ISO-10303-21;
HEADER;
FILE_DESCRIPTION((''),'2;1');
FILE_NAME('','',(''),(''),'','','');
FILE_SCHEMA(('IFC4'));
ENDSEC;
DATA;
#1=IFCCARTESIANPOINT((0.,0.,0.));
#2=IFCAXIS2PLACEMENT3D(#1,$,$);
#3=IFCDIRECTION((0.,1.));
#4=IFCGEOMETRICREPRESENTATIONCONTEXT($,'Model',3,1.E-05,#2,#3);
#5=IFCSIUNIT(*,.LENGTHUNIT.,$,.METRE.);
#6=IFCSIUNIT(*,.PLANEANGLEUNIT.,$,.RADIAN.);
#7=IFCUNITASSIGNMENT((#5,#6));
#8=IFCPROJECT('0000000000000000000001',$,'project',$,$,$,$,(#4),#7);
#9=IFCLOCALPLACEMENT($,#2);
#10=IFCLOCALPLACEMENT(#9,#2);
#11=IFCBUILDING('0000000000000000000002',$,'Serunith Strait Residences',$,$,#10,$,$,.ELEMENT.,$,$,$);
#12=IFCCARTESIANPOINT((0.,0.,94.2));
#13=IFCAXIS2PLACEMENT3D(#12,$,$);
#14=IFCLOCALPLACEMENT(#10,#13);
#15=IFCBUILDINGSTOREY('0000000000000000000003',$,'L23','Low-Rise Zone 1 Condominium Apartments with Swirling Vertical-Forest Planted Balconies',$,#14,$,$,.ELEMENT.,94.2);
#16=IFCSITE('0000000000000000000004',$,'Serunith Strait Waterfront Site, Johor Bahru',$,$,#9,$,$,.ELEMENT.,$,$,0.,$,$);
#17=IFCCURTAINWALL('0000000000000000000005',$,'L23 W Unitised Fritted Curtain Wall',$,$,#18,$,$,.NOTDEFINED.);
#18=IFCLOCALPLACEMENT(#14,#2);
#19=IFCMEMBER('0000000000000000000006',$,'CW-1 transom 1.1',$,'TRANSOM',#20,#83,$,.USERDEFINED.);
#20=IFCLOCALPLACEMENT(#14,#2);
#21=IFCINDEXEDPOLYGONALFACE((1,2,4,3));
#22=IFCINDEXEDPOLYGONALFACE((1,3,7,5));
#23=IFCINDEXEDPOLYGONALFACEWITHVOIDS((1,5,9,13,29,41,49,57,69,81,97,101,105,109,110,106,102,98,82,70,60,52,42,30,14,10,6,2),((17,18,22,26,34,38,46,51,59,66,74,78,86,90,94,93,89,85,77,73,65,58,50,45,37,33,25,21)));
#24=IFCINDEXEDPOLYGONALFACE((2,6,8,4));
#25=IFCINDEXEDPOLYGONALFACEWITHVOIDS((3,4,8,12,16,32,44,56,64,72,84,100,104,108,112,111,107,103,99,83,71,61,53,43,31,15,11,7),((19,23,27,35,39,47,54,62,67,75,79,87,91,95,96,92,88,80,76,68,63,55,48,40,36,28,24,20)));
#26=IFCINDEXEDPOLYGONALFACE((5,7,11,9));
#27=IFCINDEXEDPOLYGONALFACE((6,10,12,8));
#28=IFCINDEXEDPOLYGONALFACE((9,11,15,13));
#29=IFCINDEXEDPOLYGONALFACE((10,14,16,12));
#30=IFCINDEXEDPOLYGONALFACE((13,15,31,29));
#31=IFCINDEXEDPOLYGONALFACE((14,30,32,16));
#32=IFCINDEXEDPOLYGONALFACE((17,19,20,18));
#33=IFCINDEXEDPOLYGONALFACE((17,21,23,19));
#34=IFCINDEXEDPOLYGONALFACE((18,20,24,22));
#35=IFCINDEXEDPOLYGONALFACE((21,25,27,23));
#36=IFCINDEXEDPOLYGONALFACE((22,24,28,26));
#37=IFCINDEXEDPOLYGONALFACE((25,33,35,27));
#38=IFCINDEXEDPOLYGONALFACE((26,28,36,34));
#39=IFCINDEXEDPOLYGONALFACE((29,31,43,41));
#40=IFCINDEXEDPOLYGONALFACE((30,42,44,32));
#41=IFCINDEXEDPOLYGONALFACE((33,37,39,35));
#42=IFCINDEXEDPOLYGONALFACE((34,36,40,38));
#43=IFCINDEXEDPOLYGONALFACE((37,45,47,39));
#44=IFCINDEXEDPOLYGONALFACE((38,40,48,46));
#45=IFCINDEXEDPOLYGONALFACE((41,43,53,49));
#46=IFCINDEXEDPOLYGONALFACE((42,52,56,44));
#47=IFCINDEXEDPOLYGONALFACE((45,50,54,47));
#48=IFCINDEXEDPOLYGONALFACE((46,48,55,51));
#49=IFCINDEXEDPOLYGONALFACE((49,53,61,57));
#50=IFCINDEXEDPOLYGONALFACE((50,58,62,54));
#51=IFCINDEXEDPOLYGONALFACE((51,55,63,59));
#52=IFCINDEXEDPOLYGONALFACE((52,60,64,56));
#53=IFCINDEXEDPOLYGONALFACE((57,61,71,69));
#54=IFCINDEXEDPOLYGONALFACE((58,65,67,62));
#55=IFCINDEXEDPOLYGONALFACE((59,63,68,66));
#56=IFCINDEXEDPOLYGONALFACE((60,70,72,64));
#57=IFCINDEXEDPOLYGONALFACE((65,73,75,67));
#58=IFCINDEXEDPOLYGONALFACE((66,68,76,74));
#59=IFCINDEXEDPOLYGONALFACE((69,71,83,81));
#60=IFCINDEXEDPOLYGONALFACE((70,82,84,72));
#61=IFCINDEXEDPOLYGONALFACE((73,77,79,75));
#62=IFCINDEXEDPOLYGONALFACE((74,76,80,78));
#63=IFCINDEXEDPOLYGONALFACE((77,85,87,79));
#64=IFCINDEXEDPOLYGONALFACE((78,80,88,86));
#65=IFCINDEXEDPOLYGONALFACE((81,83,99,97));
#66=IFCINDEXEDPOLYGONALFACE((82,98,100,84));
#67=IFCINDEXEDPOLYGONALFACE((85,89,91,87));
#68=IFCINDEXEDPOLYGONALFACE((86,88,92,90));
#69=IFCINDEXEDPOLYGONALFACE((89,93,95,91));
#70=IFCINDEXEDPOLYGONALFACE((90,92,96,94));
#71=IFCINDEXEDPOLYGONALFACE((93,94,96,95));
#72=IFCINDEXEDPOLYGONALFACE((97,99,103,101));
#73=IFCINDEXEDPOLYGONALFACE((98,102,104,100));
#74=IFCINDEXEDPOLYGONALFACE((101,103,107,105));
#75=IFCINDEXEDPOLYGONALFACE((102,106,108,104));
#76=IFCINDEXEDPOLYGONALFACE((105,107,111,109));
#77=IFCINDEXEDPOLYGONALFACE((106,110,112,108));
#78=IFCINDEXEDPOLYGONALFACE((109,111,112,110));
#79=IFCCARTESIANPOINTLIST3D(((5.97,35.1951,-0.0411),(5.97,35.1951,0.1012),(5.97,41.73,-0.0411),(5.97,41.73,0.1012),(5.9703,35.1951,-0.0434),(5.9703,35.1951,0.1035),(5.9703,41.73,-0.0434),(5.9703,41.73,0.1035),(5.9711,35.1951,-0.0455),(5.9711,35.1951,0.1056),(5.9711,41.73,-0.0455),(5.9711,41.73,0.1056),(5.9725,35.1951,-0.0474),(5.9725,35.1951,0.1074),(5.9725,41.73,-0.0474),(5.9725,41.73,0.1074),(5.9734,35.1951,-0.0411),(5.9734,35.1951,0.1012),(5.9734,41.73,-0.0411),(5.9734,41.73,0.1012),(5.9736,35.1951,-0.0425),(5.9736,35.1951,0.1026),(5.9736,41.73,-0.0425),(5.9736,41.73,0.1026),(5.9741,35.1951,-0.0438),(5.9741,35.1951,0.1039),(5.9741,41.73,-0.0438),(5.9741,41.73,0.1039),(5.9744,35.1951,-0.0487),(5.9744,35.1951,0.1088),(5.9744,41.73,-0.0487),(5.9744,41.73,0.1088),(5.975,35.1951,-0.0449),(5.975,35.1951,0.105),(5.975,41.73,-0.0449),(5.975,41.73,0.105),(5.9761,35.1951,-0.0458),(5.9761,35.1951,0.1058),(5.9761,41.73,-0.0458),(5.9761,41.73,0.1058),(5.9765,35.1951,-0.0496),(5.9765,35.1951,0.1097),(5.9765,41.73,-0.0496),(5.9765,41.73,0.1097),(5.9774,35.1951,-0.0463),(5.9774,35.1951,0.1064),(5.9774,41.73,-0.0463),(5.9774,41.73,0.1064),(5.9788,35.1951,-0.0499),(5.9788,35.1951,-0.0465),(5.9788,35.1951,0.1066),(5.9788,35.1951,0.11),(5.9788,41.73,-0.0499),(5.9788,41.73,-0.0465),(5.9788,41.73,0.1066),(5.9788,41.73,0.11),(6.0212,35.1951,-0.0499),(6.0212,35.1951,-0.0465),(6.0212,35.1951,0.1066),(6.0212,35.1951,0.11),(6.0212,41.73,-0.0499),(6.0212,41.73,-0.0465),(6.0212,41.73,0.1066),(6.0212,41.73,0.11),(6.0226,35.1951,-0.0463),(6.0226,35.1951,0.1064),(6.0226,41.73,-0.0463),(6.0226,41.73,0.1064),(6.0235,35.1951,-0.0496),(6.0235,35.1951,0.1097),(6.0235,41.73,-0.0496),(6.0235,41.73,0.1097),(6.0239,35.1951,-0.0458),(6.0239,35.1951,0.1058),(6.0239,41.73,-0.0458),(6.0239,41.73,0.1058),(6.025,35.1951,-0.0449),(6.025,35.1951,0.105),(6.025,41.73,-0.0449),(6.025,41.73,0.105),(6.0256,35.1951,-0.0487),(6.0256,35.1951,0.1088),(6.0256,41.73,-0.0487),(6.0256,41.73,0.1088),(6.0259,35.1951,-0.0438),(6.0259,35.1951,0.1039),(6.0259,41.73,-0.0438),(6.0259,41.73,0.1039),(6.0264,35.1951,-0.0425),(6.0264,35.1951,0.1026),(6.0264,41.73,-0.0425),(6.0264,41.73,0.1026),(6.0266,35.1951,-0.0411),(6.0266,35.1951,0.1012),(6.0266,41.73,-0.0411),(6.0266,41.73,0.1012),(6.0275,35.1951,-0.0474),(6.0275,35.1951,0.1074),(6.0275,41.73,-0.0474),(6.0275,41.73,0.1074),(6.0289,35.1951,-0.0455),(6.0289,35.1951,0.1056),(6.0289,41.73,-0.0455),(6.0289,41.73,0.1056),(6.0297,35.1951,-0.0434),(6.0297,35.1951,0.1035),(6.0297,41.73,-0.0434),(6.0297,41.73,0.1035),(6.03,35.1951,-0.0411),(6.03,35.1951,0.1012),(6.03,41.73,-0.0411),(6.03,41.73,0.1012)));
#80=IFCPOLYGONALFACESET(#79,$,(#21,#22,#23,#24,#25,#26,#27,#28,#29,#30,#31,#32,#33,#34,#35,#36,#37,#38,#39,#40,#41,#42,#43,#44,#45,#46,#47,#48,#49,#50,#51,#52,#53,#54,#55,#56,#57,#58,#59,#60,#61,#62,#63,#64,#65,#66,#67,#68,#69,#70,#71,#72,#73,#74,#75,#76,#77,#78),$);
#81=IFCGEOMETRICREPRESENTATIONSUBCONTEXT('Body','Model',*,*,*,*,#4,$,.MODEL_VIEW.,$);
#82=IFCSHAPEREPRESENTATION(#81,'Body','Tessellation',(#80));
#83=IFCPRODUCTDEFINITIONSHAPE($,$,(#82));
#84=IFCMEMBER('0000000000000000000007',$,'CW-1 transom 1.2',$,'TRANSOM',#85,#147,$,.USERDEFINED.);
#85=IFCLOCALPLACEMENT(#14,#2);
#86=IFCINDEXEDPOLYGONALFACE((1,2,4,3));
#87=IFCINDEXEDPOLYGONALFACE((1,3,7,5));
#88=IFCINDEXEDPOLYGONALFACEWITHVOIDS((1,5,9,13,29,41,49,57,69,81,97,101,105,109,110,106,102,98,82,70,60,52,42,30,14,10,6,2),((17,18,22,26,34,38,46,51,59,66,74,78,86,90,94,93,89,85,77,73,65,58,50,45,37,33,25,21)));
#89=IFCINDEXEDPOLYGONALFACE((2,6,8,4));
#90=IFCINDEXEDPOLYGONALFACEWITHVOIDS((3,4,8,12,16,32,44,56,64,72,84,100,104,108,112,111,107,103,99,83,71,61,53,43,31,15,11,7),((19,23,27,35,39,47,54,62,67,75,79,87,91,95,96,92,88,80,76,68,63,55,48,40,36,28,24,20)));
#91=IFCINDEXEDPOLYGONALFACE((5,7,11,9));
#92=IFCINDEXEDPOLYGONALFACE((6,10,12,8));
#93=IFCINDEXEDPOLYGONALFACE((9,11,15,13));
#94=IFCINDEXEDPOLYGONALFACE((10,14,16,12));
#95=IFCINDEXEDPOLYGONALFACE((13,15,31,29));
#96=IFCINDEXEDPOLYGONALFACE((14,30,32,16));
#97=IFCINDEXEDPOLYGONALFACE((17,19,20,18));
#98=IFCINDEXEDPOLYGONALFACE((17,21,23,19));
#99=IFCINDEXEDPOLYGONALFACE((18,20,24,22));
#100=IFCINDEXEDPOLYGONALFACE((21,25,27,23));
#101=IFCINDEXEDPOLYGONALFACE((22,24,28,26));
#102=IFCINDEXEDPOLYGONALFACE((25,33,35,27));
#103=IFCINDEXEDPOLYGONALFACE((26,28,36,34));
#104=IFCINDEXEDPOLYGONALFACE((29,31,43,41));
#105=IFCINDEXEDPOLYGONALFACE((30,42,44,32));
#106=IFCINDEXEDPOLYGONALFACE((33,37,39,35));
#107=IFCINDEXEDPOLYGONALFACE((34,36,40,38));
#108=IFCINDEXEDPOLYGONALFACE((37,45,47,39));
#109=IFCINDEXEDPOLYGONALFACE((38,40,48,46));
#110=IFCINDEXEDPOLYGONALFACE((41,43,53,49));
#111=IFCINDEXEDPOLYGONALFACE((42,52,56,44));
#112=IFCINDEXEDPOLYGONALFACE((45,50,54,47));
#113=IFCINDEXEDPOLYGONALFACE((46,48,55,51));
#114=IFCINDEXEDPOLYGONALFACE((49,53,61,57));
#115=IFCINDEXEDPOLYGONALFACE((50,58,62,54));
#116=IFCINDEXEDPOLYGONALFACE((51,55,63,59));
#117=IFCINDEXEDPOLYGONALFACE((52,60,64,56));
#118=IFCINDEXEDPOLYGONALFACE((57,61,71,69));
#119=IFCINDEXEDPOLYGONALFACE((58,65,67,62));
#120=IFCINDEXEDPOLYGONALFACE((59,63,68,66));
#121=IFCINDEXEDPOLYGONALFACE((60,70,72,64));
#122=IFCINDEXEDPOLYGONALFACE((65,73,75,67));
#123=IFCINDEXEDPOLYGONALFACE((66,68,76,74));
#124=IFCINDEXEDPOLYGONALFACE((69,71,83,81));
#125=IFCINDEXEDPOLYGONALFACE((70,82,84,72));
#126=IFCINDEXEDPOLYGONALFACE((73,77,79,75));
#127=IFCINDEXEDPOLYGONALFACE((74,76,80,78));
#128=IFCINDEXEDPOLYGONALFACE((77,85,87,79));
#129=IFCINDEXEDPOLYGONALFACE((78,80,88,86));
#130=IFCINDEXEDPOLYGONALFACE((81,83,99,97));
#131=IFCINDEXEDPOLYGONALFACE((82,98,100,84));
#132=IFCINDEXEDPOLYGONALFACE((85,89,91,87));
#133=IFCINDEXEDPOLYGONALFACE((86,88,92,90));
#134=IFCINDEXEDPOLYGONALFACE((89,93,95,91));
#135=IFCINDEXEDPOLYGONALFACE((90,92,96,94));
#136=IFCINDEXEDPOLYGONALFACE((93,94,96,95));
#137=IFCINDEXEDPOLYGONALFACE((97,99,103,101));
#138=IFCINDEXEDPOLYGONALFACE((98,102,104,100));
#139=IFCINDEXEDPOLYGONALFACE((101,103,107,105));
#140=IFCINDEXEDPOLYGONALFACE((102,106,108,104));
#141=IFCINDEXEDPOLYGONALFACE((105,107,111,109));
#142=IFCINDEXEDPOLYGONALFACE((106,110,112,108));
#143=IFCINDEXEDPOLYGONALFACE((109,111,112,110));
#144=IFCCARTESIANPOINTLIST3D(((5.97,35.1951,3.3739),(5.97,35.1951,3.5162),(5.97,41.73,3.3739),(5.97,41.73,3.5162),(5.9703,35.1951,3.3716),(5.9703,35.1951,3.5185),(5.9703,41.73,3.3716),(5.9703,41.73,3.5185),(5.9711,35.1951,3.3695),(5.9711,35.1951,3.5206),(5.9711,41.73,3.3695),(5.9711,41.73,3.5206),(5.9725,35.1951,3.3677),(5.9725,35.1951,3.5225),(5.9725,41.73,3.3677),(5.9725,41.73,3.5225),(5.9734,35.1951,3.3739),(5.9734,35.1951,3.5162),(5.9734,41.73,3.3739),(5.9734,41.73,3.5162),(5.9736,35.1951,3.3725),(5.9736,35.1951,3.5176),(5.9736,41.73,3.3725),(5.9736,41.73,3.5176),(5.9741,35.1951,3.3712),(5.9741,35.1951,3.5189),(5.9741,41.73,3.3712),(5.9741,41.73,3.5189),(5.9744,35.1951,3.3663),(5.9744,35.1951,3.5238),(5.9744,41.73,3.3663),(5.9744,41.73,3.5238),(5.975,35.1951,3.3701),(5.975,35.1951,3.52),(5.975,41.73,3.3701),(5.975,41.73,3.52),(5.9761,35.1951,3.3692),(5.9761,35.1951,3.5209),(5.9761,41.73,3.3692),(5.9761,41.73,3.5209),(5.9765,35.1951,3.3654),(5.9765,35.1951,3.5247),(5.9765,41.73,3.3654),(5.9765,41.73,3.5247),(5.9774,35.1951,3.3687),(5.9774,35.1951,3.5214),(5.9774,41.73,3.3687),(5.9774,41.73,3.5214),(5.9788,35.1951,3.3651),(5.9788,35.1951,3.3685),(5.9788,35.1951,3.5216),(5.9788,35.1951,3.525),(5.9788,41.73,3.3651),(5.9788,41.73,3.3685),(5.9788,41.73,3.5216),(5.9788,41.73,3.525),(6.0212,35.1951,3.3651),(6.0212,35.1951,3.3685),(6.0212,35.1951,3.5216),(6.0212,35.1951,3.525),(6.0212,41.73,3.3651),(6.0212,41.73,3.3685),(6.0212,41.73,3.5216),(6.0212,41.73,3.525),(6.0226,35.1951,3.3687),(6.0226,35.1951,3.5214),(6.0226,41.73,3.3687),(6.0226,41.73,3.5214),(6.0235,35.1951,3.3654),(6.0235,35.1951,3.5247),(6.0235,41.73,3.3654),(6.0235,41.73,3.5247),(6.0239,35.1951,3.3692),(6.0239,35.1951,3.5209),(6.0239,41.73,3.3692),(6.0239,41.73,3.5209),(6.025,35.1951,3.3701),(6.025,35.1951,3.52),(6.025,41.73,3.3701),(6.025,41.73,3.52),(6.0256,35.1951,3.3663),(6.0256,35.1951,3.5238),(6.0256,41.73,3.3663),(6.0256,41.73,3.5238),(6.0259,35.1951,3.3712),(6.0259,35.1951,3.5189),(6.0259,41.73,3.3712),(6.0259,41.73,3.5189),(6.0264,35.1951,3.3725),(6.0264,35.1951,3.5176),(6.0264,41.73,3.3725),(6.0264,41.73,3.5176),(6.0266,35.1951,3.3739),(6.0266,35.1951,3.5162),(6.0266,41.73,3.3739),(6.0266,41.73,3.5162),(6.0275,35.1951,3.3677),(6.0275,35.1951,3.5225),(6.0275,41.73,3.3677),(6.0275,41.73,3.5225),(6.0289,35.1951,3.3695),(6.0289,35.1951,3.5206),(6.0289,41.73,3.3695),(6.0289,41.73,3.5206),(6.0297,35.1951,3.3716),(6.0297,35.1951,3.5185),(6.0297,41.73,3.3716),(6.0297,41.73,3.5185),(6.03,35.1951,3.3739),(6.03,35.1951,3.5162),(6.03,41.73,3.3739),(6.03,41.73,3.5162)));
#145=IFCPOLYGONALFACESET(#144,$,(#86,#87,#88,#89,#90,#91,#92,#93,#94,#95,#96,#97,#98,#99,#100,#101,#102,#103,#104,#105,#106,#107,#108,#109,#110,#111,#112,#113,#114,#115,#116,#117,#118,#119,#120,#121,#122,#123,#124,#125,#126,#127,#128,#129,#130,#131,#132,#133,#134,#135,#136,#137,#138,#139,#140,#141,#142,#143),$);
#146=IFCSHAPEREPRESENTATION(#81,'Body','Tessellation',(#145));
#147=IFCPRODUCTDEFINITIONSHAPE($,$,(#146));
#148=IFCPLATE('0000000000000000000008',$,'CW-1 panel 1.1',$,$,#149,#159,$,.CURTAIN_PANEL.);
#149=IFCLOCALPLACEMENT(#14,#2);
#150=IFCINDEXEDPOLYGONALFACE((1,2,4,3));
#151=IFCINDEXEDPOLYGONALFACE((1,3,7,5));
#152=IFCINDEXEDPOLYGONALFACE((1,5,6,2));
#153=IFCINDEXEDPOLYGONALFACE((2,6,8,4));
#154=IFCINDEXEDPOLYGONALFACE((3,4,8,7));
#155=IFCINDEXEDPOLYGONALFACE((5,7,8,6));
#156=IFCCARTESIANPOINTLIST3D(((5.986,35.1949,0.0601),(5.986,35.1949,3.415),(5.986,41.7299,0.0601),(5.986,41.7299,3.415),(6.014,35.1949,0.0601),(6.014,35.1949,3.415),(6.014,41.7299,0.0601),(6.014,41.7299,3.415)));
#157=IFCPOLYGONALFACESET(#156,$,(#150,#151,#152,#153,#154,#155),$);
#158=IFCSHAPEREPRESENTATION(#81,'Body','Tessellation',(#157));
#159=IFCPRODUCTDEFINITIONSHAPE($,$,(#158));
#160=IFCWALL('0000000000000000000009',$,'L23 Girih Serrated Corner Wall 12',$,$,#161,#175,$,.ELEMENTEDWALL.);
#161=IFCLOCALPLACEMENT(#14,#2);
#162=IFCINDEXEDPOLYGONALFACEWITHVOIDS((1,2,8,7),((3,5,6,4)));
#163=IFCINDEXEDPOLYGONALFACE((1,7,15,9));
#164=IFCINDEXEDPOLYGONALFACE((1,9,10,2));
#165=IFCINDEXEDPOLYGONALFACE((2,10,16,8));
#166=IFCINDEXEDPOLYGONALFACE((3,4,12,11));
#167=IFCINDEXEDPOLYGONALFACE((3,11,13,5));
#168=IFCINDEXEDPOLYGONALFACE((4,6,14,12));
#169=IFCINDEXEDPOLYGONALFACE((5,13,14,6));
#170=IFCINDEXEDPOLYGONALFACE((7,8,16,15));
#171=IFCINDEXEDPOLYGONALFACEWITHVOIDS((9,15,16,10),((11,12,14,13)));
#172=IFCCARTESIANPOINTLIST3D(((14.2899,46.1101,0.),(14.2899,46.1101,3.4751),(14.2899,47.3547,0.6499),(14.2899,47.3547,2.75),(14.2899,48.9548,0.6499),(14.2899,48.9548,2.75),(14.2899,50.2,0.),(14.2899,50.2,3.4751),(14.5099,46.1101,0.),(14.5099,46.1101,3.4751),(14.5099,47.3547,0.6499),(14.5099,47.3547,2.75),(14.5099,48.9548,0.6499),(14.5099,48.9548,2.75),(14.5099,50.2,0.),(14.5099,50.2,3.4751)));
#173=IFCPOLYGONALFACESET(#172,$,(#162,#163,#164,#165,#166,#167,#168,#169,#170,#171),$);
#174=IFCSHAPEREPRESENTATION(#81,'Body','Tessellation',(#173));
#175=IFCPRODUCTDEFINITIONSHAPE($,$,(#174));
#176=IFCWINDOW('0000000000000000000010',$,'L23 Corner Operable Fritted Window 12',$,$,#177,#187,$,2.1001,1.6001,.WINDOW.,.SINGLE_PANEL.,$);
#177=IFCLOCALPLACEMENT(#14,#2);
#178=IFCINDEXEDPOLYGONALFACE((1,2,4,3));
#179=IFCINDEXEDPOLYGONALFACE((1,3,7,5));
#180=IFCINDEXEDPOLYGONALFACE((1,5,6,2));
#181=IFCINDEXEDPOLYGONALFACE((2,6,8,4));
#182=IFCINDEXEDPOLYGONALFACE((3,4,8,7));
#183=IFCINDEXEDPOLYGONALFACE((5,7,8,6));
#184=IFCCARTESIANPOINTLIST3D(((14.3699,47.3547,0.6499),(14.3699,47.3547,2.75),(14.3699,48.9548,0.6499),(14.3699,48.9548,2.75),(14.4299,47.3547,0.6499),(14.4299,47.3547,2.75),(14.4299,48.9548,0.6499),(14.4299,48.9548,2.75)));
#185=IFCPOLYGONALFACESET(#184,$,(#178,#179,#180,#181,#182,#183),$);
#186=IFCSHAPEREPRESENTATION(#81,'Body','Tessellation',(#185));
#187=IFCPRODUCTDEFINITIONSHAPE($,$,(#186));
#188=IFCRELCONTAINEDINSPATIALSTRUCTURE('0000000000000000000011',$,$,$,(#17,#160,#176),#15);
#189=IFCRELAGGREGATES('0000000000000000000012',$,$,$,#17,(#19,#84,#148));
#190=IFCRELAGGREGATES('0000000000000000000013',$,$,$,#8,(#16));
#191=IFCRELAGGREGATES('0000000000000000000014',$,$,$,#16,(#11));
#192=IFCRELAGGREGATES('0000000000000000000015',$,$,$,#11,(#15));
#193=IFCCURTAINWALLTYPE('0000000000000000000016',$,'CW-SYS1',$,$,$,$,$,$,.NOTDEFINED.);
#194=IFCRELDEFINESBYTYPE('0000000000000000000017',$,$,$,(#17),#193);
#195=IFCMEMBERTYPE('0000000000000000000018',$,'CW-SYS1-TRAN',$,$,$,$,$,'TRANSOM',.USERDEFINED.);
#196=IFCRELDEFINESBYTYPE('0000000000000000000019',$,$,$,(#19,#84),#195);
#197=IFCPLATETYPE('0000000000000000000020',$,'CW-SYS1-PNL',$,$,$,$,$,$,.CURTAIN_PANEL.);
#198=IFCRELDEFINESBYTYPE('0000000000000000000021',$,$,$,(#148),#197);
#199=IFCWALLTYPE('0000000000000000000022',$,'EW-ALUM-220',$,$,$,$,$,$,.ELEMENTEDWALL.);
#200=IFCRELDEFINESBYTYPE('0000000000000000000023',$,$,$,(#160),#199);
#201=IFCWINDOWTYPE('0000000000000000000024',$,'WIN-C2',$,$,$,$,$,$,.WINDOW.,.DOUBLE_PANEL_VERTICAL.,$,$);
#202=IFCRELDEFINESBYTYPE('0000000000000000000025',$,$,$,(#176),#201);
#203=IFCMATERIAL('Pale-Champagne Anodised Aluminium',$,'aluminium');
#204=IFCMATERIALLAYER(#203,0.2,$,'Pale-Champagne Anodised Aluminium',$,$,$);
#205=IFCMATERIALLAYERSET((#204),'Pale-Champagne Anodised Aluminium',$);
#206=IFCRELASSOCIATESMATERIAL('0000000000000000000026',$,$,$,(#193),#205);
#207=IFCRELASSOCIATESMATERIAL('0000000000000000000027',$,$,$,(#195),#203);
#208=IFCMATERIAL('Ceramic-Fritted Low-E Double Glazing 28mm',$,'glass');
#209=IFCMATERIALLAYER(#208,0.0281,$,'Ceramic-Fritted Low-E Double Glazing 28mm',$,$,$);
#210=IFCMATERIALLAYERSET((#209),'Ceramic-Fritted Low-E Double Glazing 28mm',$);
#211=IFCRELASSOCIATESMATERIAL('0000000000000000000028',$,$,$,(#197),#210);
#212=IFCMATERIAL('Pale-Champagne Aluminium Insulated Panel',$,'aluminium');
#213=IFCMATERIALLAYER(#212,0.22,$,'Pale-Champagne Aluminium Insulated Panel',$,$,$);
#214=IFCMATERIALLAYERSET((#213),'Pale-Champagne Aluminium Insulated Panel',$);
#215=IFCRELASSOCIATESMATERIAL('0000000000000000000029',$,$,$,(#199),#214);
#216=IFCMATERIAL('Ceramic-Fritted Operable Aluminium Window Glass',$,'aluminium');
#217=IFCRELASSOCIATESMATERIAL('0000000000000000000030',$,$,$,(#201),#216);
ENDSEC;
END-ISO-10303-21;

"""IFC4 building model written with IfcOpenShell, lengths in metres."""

from ifc_helpers import new_model, si_unit, direction, frame, frame_2d, origin, origin_2d, place, context, subcontext, project, spatial, rectangle, hollow_rectangle, extrude, source, transform, mapped, material, layer, layer_set, material_profile, profile_set, type_object, element, fill, aggregate, save


model = new_model("IFC4")

# Units and contexts
model_context = context("Model", 3, precision=1e-05, world=origin(), true_north=direction((0.0, 1.0)))
body_context = subcontext(model_context, "Body", "Model", "MODEL_VIEW")
ifc_project = project(units=[si_unit("LENGTHUNIT", "METRE"), si_unit("PLANEANGLEUNIT", "RADIAN")], contexts=[model_context])

# Site, building, storey
site_placement = place(None, origin())
site = spatial("IfcSite", under=ifc_project, at=site_placement, Name="Serunith Strait Waterfront Site, Johor Bahru", CompositionType="ELEMENT", RefElevation=0.0)
building_placement = place(site_placement, origin())
building = spatial("IfcBuilding", under=site, at=building_placement, Name="Serunith Strait Residences", CompositionType="ELEMENT")
storey_placement = place(building_placement, frame((0.0, 0.0, 94.2)))
storey = spatial("IfcBuildingStorey", under=building, at=storey_placement, Name="L23", Description="Low-Rise Zone 1 Condominium Apartments with Swirling Vertical-Forest Planted Balconies", CompositionType="ELEMENT", Elevation=94.2)

# Shared definitions
ifc_material_1 = material(Name="Pale-Champagne Anodised Aluminium", Category="aluminium")
ifc_layer_1 = layer(ifc_material_1, 0.2, Name="Pale-Champagne Anodised Aluminium")
ifc_layer_set_1 = layer_set([ifc_layer_1], Name="Pale-Champagne Anodised Aluminium")
curtain_wall_type = type_object("IfcCurtainWallType", Name="CW-SYS1", PredefinedType="NOTDEFINED", material=ifc_layer_set_1)

# Curtain wall, members, plate
curtain_wall_1_placement = place(storey_placement, origin())
curtain_wall_1 = element("IfcCurtainWall", 1, at=curtain_wall_1_placement, inside=storey, type_object=curtain_wall_type, Name="L23 W Unitised Fritted Curtain Wall", PredefinedType="NOTDEFINED")
ifc_material_profile_1 = material_profile(ifc_material_1, hollow_rectangle(XDim=0.0601, YDim=0.1599, WallThickness=0.0034, InnerFilletRadius=0.0054, OuterFilletRadius=0.0088, at=origin_2d()), Name="ALU 160x60x3.5")
ifc_profile_set_1 = profile_set([ifc_material_profile_1], Name="Pale-Champagne Anodised Aluminium")
member_type_1 = type_object("IfcMemberType", Name="CW-SYS1-TRAN", ElementType="TRANSOM", PredefinedType="USERDEFINED", material=ifc_profile_set_1)
shared_shape_1 = source(origin(), body_context, "Body", "SweptSolid", [
    extrude(hollow_rectangle(XDim=0.0601, YDim=0.1599, WallThickness=0.0034, InnerFilletRadius=0.0054, OuterFilletRadius=0.0088, at=origin_2d()), origin(), (0.0, 0.0, 1.0), 6.5349),
])
member_1_placement = place(storey_placement, frame((6.0, 41.73, 0.03), z_axis=(0.0, -1.0, 0.0), x_axis=(1.0, 0.0, 0.0)))
member_1 = element("IfcMember", 2, at=member_1_placement, type_object=member_type_1, Name="CW-1 transom 1.1", ObjectType="TRANSOM", PredefinedType="USERDEFINED", context=body_context, shape_type="MappedRepresentation", body=[
    mapped(shared_shape_1, transform((0.0, 0.0, 0.0), scale=1.0)),
])
member_2_placement = place(storey_placement, frame((6.0, 41.73, 3.4451), z_axis=(0.0, -1.0, 0.0), x_axis=(1.0, 0.0, 0.0)))
member_2 = element("IfcMember", 3, at=member_2_placement, type_object=member_type_1, Name="CW-1 transom 1.2", ObjectType="TRANSOM", PredefinedType="USERDEFINED", context=body_context, shape_type="MappedRepresentation", body=[
    mapped(shared_shape_1, transform((0.0, 0.0, 0.0), scale=1.0)),
])
ifc_material_2 = material(Name="Ceramic-Fritted Low-E Double Glazing 28mm", Category="glass")
ifc_layer_2 = layer(ifc_material_2, 0.0281, Name="Ceramic-Fritted Low-E Double Glazing 28mm")
ifc_layer_set_2 = layer_set([ifc_layer_2], Name="Ceramic-Fritted Low-E Double Glazing 28mm")
plate_type = type_object("IfcPlateType", Name="CW-SYS1-PNL", PredefinedType="CURTAIN_PANEL", material=ifc_layer_set_2)
shared_shape_2 = source(origin(), body_context, "Body", "SweptSolid", [
    extrude(rectangle(XDim=6.5349, YDim=0.0281, at=origin_2d()), origin(), (0.0, 0.0, 1.0), 3.355),
])
plate_placement = place(storey_placement, frame((6.0, 38.4624, 0.0601), z_axis=(0.0, 0.0, 1.0), x_axis=(0.0, -1.0, 0.0)))
plate = element("IfcPlate", 4, at=plate_placement, type_object=plate_type, Name="CW-1 panel 1.1", PredefinedType="CURTAIN_PANEL", context=body_context, shape_type="MappedRepresentation", body=[
    mapped(shared_shape_2, transform((0.0, 0.0, 0.0), scale=1.0)),
])
aggregate(curtain_wall_1, [member_1, member_2, plate])

# Wall, opening, window
ifc_material_3 = material(Name="Pale-Champagne Aluminium Insulated Panel", Category="aluminium")
ifc_layer_3 = layer(ifc_material_3, 0.22, Name="Pale-Champagne Aluminium Insulated Panel")
ifc_layer_set_3 = layer_set([ifc_layer_3], Name="Pale-Champagne Aluminium Insulated Panel")
wall_type_1 = type_object("IfcWallType", Name="EW-ALUM-220", PredefinedType="ELEMENTEDWALL", material=ifc_layer_set_3)
wall_1_placement = place(storey_placement, frame((14.3999, 50.2, 0.0), z_axis=(0.0, 0.0, 1.0), x_axis=(0.0, -1.0, 0.0)))
wall_1 = element("IfcWall", 5, at=wall_1_placement, inside=storey, type_object=wall_type_1, Name="L23 Girih Serrated Corner Wall 12", PredefinedType="ELEMENTEDWALL", context=body_context, shape_type="SweptSolid", body=[
    extrude(rectangle(XDim=4.0898, YDim=0.22, at=frame_2d((2.0449, 0.0))), origin(), (0.0, 0.0, 1.0), 3.4751),
])
opening_1_placement = place(wall_1_placement, frame((1.2451, 0.0, 0.6499)))
opening_1 = element("IfcOpeningElement", 6, at=opening_1_placement, cuts=wall_1, PredefinedType="OPENING", context=body_context, shape_type="SweptSolid", body=[
    extrude(rectangle(XDim=1.6001, YDim=2.1001, at=frame_2d((0.8, 1.05))), frame((0.0, 0.1201, 0.0), z_axis=(0.0, -1.0, 0.0), x_axis=(1.0, 0.0, 0.0)), (0.0, 0.0, 1.0), 0.24),
])
ifc_material_4 = material(Name="Ceramic-Fritted Operable Aluminium Window Glass", Category="aluminium")
window_type = type_object("IfcWindowType", Name="WIN-C2", PartitioningType="DOUBLE_PANEL_VERTICAL", PredefinedType="WINDOW", material=ifc_material_4)
shared_shape_3 = source(origin(), body_context, "Body", "SweptSolid", [
    extrude(rectangle(XDim=1.6001, YDim=2.1001, at=frame_2d((0.8, 1.05))), frame((0.0, 0.03, 0.0), z_axis=(0.0, -1.0, 0.0), x_axis=(1.0, 0.0, 0.0)), (0.0, 0.0, 1.0), 0.0601),
])
window_1_placement = place(opening_1_placement, origin())
window_1 = element("IfcWindow", 7, at=window_1_placement, inside=storey, type_object=window_type, Name="L23 Corner Operable Fritted Window 12", OverallHeight=2.1001, OverallWidth=1.6001, PartitioningType="SINGLE_PANEL", PredefinedType="WINDOW", context=body_context, shape_type="MappedRepresentation", body=[
    mapped(shared_shape_3, transform((0.0, 0.0, 0.0), scale=1.0)),
])
fill(opening_1, window_1)

save(model, "model.ifc")
